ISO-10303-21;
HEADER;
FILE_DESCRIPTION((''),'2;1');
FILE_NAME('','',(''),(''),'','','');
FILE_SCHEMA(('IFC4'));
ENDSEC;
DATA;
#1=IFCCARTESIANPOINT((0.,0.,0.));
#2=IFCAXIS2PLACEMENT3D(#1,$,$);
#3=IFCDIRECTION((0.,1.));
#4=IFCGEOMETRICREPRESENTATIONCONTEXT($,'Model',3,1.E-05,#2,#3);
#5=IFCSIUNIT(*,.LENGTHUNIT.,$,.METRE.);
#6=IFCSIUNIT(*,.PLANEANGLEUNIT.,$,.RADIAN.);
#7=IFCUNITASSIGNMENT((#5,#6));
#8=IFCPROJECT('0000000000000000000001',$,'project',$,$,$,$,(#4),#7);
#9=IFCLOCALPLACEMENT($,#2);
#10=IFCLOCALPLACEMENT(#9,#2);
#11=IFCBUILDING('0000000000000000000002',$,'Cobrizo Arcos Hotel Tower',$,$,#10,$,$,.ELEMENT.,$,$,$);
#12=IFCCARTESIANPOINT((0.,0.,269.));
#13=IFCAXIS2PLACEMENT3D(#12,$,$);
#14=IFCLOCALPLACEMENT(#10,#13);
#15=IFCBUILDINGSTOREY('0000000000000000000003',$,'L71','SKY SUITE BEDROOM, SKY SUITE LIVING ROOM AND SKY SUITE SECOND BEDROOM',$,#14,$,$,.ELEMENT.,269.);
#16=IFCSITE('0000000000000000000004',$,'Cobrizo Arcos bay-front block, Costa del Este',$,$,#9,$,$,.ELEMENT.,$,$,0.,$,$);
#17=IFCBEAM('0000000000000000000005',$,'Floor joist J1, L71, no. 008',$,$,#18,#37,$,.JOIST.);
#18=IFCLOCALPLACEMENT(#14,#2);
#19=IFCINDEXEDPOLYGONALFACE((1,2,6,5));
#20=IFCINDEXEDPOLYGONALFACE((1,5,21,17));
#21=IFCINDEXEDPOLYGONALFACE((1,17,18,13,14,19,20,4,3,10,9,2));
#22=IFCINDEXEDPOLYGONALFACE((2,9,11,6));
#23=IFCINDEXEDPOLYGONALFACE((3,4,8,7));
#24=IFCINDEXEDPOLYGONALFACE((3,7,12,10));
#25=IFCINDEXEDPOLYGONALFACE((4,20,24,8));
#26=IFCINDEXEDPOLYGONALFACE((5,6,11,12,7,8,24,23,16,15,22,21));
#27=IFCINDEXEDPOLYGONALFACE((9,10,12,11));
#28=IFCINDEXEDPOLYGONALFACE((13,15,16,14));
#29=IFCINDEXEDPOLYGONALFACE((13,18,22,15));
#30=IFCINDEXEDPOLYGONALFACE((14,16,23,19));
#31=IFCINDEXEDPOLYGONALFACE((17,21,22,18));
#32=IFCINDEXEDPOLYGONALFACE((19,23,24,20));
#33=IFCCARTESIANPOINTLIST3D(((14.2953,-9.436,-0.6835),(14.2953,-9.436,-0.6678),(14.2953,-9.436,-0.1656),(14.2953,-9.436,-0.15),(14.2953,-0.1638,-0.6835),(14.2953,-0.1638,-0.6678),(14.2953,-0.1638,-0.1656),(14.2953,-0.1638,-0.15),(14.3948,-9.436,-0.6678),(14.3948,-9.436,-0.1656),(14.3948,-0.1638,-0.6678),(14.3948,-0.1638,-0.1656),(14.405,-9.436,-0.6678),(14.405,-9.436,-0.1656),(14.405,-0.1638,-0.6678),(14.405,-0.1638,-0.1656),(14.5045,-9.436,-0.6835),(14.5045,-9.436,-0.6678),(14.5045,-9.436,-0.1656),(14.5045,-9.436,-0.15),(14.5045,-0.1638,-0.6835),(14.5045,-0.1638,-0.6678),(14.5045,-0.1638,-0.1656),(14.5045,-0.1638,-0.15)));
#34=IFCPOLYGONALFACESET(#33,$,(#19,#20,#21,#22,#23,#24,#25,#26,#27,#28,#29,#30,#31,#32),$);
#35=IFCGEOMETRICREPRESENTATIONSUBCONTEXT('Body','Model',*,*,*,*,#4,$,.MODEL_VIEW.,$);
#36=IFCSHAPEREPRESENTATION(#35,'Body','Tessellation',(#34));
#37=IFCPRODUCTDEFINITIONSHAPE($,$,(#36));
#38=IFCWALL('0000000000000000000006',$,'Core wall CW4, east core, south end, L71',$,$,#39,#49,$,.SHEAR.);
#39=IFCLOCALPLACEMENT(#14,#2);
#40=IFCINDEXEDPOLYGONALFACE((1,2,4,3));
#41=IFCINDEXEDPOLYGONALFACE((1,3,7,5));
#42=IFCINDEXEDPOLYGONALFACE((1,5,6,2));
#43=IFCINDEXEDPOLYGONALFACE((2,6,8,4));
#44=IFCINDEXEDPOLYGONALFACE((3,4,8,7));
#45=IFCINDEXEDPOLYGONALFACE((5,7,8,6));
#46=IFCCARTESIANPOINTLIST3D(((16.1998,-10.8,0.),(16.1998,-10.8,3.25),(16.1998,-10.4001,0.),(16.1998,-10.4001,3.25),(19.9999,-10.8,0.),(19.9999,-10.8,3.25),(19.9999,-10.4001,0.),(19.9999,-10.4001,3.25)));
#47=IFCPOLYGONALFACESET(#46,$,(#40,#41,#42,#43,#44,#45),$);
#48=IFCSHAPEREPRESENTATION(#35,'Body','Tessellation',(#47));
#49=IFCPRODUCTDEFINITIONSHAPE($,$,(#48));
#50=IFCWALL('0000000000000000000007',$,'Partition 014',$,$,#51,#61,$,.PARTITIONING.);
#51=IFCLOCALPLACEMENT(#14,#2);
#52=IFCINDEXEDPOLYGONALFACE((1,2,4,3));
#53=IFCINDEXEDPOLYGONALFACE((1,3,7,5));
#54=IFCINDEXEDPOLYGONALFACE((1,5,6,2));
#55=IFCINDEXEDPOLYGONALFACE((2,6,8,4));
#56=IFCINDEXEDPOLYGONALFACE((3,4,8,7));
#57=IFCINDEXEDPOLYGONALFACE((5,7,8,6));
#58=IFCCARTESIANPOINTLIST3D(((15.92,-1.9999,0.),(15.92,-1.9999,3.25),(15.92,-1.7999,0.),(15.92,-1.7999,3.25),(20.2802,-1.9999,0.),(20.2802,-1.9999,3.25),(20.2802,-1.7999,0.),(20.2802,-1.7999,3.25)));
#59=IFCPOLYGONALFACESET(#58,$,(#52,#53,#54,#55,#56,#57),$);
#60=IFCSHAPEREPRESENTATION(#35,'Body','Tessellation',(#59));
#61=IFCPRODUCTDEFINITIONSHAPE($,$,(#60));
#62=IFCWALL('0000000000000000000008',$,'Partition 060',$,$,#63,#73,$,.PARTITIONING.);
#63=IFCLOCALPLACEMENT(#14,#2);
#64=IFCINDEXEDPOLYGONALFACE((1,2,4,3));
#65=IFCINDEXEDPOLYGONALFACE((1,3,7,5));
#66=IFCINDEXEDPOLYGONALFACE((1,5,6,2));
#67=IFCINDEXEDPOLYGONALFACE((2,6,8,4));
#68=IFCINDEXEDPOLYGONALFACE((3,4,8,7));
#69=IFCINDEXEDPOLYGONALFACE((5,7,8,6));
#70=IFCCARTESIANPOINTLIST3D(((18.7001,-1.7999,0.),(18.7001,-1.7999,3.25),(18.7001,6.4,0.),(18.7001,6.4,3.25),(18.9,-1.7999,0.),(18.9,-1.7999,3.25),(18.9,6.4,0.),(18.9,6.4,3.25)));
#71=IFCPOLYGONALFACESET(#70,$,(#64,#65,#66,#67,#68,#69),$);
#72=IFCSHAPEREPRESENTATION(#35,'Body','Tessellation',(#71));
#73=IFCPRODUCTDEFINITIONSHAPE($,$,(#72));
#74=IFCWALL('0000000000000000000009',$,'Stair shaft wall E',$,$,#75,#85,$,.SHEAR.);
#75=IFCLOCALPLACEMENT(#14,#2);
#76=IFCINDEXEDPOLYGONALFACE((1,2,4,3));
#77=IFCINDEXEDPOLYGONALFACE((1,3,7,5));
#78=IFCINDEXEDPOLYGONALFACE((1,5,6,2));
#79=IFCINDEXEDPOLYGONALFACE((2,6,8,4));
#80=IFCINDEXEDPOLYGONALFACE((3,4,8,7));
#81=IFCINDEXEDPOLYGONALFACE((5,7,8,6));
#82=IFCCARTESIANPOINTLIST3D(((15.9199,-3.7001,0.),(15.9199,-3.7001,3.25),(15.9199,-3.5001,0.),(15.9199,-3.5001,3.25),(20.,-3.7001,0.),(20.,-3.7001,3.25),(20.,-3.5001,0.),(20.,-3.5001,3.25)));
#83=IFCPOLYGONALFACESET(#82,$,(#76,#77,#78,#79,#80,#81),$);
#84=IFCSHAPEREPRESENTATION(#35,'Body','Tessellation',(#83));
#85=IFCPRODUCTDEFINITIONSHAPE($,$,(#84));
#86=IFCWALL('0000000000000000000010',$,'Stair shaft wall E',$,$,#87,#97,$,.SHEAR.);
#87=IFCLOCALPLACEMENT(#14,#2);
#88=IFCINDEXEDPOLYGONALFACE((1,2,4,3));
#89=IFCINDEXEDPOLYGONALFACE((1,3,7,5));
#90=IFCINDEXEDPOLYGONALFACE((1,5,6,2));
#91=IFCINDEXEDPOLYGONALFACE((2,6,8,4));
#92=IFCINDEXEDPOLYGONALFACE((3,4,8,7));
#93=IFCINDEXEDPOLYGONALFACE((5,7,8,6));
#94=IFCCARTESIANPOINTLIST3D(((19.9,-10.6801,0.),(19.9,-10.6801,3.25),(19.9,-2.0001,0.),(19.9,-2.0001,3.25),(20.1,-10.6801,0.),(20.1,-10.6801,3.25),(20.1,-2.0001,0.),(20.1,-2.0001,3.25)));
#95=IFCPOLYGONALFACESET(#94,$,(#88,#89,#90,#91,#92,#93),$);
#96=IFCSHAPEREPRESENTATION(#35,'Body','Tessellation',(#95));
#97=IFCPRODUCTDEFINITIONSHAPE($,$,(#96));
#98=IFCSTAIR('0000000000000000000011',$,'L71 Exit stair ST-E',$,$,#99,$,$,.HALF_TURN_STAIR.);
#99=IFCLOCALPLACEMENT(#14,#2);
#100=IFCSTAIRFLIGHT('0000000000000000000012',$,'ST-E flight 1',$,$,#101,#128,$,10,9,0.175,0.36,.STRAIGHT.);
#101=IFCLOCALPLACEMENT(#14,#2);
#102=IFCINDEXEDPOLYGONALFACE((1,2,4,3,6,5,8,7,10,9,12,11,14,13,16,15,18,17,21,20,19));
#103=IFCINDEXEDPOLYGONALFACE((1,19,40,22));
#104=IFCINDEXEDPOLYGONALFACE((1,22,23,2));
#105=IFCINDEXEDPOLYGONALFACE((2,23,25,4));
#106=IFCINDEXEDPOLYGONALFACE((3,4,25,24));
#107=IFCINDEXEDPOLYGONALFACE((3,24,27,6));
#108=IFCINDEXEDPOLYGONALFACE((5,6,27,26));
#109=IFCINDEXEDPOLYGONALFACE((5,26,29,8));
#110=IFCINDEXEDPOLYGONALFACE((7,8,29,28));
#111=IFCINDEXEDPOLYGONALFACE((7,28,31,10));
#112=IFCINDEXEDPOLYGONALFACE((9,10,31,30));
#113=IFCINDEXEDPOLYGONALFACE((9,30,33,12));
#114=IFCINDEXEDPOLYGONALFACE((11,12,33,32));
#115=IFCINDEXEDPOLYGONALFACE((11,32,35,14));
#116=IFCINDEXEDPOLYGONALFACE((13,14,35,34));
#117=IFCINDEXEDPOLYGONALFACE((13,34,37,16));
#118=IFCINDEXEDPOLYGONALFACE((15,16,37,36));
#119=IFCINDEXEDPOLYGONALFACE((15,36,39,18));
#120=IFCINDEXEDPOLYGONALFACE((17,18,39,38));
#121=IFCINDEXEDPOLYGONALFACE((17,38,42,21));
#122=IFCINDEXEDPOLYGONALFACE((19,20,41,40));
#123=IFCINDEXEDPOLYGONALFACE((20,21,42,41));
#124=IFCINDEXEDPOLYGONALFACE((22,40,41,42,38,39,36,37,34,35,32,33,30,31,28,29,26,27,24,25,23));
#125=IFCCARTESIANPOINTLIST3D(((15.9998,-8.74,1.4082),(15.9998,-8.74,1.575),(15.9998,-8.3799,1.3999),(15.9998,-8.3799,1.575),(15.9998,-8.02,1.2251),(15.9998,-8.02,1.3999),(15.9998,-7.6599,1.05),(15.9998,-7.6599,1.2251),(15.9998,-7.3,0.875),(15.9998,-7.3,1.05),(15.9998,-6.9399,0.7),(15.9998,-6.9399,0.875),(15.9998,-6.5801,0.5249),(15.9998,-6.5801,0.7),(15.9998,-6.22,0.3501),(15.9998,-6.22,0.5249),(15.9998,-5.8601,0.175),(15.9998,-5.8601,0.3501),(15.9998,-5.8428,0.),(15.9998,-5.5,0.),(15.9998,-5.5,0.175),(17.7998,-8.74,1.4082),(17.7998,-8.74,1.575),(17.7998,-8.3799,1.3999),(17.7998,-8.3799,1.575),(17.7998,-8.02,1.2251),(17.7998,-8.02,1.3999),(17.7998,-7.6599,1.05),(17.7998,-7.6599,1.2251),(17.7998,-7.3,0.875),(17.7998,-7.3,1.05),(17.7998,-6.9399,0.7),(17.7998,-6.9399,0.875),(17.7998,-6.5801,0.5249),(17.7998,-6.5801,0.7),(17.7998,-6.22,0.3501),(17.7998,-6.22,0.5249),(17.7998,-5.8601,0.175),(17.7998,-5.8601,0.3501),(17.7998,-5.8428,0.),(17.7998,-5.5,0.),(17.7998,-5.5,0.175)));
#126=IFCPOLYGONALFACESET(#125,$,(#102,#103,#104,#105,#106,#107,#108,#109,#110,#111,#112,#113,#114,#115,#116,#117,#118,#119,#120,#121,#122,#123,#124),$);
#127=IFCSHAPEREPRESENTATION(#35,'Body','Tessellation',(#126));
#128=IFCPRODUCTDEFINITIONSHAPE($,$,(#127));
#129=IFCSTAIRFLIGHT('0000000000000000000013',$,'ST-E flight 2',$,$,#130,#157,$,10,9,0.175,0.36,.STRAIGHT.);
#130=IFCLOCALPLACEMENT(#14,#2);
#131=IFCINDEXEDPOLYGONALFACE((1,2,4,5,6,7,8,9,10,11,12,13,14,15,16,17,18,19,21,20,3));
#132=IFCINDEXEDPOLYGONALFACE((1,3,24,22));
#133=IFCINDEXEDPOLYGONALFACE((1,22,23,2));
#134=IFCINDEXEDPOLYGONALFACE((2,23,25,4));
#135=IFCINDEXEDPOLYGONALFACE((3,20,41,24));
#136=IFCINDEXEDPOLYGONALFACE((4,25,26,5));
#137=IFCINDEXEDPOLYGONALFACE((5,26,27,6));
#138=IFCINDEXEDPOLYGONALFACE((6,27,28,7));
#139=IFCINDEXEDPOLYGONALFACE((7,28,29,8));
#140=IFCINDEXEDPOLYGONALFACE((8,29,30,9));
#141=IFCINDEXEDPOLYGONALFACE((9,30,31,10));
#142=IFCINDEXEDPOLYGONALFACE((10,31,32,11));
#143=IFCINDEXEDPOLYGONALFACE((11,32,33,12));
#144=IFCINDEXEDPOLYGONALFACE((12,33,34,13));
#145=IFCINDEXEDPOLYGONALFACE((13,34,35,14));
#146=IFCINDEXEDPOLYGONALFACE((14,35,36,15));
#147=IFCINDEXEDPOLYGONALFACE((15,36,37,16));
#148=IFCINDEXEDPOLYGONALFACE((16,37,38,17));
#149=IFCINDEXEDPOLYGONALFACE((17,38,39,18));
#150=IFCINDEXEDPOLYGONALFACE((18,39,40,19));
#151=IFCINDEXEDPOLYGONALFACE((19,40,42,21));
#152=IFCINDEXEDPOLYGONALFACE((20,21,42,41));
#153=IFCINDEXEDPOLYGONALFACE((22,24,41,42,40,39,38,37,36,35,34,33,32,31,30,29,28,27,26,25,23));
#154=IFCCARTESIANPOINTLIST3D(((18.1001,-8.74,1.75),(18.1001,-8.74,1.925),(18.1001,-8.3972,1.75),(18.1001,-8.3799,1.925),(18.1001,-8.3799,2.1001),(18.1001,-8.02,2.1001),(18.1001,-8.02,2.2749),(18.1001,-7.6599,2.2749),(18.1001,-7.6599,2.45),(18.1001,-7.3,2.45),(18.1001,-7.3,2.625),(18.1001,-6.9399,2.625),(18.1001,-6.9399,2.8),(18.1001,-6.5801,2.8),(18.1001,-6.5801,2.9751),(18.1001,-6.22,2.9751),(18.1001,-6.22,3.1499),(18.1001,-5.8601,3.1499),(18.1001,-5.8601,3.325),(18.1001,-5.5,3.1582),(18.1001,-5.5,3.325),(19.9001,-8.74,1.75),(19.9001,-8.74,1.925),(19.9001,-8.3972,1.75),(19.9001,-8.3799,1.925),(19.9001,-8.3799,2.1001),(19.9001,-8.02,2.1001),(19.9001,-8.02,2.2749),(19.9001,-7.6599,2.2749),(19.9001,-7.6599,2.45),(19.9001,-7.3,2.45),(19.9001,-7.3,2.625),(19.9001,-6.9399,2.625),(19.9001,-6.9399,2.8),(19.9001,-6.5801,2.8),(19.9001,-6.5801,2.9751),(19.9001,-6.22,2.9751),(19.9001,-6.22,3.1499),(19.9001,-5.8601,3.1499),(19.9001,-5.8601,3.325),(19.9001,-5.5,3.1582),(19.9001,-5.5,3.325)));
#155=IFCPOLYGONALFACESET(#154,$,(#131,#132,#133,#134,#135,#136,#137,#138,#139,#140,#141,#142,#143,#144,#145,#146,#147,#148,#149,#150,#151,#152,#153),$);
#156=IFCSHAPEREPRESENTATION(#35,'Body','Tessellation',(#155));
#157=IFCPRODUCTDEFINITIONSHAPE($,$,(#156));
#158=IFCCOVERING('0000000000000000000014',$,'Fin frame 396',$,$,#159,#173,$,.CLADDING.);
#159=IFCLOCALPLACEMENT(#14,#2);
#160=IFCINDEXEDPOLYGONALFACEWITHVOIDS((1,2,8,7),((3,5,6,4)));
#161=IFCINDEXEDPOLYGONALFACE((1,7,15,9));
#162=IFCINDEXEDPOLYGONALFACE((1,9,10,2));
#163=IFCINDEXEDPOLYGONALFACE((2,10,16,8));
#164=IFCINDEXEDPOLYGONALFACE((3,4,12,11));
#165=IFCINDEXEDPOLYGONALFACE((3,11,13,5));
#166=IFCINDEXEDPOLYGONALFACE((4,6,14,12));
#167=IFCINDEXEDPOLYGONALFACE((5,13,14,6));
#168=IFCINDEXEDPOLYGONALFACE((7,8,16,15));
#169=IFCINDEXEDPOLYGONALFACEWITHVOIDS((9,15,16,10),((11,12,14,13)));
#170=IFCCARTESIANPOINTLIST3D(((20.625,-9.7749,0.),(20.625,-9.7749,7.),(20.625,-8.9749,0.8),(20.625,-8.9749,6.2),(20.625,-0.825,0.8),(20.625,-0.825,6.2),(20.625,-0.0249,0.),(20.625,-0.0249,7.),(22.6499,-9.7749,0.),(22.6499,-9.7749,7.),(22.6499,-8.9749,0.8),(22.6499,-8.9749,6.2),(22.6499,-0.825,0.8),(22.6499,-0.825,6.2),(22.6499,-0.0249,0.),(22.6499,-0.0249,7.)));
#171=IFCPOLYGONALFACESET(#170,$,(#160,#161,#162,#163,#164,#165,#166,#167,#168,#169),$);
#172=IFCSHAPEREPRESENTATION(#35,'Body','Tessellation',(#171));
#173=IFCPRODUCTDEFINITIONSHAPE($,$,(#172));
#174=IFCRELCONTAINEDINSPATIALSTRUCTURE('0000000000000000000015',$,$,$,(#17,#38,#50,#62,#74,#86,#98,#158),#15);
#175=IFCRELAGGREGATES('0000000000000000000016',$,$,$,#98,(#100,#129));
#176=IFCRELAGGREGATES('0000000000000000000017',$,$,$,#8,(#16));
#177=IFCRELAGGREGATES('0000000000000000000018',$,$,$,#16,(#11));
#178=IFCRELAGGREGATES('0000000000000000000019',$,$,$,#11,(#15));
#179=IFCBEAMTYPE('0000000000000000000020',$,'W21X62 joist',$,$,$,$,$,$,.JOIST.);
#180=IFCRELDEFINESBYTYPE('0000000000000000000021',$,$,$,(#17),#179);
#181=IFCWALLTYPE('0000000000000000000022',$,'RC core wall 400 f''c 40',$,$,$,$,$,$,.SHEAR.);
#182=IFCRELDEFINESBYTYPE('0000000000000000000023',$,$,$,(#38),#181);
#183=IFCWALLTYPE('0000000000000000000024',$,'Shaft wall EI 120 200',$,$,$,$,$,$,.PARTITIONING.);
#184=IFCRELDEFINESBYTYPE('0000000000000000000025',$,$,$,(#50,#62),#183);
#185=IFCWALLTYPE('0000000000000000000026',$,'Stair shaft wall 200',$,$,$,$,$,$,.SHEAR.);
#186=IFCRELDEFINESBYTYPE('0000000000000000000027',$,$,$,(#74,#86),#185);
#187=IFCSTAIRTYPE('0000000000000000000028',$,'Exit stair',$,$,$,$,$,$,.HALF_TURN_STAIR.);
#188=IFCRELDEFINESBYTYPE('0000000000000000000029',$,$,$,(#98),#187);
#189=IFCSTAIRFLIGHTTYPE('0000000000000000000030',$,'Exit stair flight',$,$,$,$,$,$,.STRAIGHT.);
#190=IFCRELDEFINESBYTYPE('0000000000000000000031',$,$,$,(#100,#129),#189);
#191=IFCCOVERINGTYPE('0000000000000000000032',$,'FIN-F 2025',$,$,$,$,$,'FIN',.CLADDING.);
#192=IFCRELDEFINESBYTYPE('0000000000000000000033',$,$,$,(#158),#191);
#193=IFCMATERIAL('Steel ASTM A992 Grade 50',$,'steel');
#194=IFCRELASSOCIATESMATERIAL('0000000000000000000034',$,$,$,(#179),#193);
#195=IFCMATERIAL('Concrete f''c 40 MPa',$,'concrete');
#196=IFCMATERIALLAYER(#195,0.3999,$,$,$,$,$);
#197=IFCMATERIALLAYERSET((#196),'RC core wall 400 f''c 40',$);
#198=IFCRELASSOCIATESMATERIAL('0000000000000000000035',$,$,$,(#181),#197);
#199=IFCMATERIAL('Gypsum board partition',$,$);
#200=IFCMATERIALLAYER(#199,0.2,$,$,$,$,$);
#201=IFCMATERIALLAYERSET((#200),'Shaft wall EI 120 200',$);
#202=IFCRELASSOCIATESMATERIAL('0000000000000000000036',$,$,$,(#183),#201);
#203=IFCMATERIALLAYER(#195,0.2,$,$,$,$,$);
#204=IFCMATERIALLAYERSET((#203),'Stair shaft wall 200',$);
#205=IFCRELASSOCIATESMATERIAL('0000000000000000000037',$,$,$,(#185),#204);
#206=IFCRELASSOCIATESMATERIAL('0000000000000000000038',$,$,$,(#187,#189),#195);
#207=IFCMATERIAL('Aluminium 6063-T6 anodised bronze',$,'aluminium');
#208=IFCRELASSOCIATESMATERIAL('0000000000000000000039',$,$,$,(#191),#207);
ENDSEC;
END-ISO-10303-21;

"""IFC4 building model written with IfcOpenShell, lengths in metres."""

from ifc_helpers import new_model, si_unit, direction, frame, frame_2d, origin, origin_2d, place, context, subcontext, project, spatial, polyline, rectangle, i_section, outline, extrude, material, layer, layer_set, material_profile, profile_set, type_object, element, aggregate, save


model = new_model("IFC4")

# Units and contexts
model_context = context("Model", 3, precision=1e-05, world=origin(), true_north=direction((0.0, 1.0)))
body_context = subcontext(model_context, "Body", "Model", "MODEL_VIEW")
ifc_project = project(units=[si_unit("LENGTHUNIT", "METRE"), si_unit("PLANEANGLEUNIT", "RADIAN")], contexts=[model_context])

# Site, building, storey
site_placement = place(None, origin())
site = spatial("IfcSite", under=ifc_project, at=site_placement, Name="Cobrizo Arcos bay-front block, Costa del Este", CompositionType="ELEMENT", RefElevation=0.0)
building_placement = place(site_placement, origin())
building = spatial("IfcBuilding", under=site, at=building_placement, Name="Cobrizo Arcos Hotel Tower", CompositionType="ELEMENT")
storey_placement = place(building_placement, frame((0.0, 0.0, 269.0)))
storey = spatial("IfcBuildingStorey", under=building, at=storey_placement, Name="L71", Description="SKY SUITE BEDROOM, SKY SUITE LIVING ROOM AND SKY SUITE SECOND BEDROOM", CompositionType="ELEMENT", Elevation=269.0)

# Beam
ifc_material_1 = material(Name="Steel ASTM A992 Grade 50", Category="steel")
ifc_material_profile = material_profile(ifc_material_1, i_section(OverallWidth=0.2092, OverallDepth=0.5334, WebThickness=0.0103, FlangeThickness=0.0156, at=origin_2d()), Name="W21X62")
ifc_profile_set = profile_set([ifc_material_profile], Name="Steel ASTM A992 Grade 50")
beam_type = type_object("IfcBeamType", Name="W21X62 joist", PredefinedType="JOIST", material=ifc_profile_set)
beam_placement = place(storey_placement, frame((14.3999, -9.436, -0.4167), z_axis=(0.0, 1.0, 0.0), x_axis=(-1.0, 0.0, 0.0)))
element("IfcBeam", 1, at=beam_placement, inside=storey, type_object=beam_type, Name="Floor joist J1, L71, no. 008", PredefinedType="JOIST", context=body_context, shape_type="SweptSolid", body=[
    extrude(i_section(OverallWidth=0.2092, OverallDepth=0.5334, WebThickness=0.0103, FlangeThickness=0.0156, at=origin_2d()), origin(), (0.0, 0.0, 1.0), 9.2722),
])

# Walls
ifc_material_2 = material(Name="Concrete f'c 40 MPa", Category="concrete")
ifc_layer_1 = layer(ifc_material_2, 0.3999)
ifc_layer_set_1 = layer_set([ifc_layer_1], Name="RC core wall 400 f'c 40")
wall_type_1 = type_object("IfcWallType", Name="RC core wall 400 f'c 40", PredefinedType="SHEAR", material=ifc_layer_set_1)
wall_1_placement = place(storey_placement, frame((16.2, -10.6001, 0.0), z_axis=(0.0, 0.0, 1.0), x_axis=(1.0, 0.0, 0.0)))
element("IfcWall", 2, at=wall_1_placement, inside=storey, type_object=wall_type_1, Name="Core wall CW4, east core, south end, L71", PredefinedType="SHEAR", context=body_context, shape_type="SweptSolid", body=[
    extrude(rectangle(XDim=3.8, YDim=0.3999, at=frame_2d((1.8999, 0.0))), origin(), (0.0, 0.0, 1.0), 3.25),
])
ifc_material_3 = material(Name="Gypsum board partition")
ifc_layer_2 = layer(ifc_material_3, 0.2)
ifc_layer_set_2 = layer_set([ifc_layer_2], Name="Shaft wall EI 120 200")
wall_type_2 = type_object("IfcWallType", Name="Shaft wall EI 120 200", PredefinedType="PARTITIONING", material=ifc_layer_set_2)
wall_2_placement = place(storey_placement, frame((15.9199, -1.8999, 0.0), z_axis=(0.0, 0.0, 1.0), x_axis=(1.0, 0.0, 0.0)))
element("IfcWall", 3, at=wall_2_placement, inside=storey, type_object=wall_type_2, Name="Partition 014", PredefinedType="PARTITIONING", context=body_context, shape_type="SweptSolid", body=[
    extrude(rectangle(XDim=4.3601, YDim=0.2, at=frame_2d((2.1802, 0.0))), origin(), (0.0, 0.0, 1.0), 3.25),
])
wall_3_placement = place(storey_placement, frame((18.8, -1.8, 0.0), z_axis=(0.0, 0.0, 1.0), x_axis=(0.0, 1.0, 0.0)))
element("IfcWall", 4, at=wall_3_placement, inside=storey, type_object=wall_type_2, Name="Partition 060", PredefinedType="PARTITIONING", context=body_context, shape_type="SweptSolid", body=[
    extrude(rectangle(XDim=8.2, YDim=0.2, at=frame_2d((4.1001, 0.0))), origin(), (0.0, 0.0, 1.0), 3.25),
])
ifc_layer_3 = layer(ifc_material_2, 0.2)
ifc_layer_set_3 = layer_set([ifc_layer_3], Name="Stair shaft wall 200")
wall_type_3 = type_object("IfcWallType", Name="Stair shaft wall 200", PredefinedType="SHEAR", material=ifc_layer_set_3)
wall_4_placement = place(storey_placement, frame((15.9199, -3.6001, 0.0), z_axis=(0.0, 0.0, 1.0), x_axis=(1.0, 0.0, 0.0)))
element("IfcWall", 5, at=wall_4_placement, inside=storey, type_object=wall_type_3, Name="Stair shaft wall E", PredefinedType="SHEAR", context=body_context, shape_type="SweptSolid", body=[
    extrude(rectangle(XDim=4.0801, YDim=0.2, at=frame_2d((2.04, 0.0))), origin(), (0.0, 0.0, 1.0), 3.25),
])
wall_5_placement = place(storey_placement, frame((20.0, -10.6799, 0.0), z_axis=(0.0, 0.0, 1.0), x_axis=(0.0, 1.0, 0.0)))
element("IfcWall", 6, at=wall_5_placement, inside=storey, type_object=wall_type_3, Name="Stair shaft wall E", PredefinedType="SHEAR", context=body_context, shape_type="SweptSolid", body=[
    extrude(rectangle(XDim=8.6799, YDim=0.2, at=frame_2d((4.3398, 0.0))), origin(), (0.0, 0.0, 1.0), 3.25),
])

# Stair, stair flights
stair_type = type_object("IfcStairType", Name="Exit stair", PredefinedType="HALF_TURN_STAIR", material=ifc_material_2)
stair_placement = place(storey_placement, origin())
stair = element("IfcStair", 7, at=stair_placement, inside=storey, type_object=stair_type, Name="L71 Exit stair ST-E", PredefinedType="HALF_TURN_STAIR")
stair_flight_type = type_object("IfcStairFlightType", Name="Exit stair flight", PredefinedType="STRAIGHT", material=ifc_material_2)
stair_flight_1_placement = place(storey_placement, frame((16.8999, -5.5, 0.0), z_axis=(0.0, 0.0, 1.0), x_axis=(0.0, -1.0, 0.0)))
stair_flight_1 = element("IfcStairFlight", 8, at=stair_flight_1_placement, type_object=stair_flight_type, Name="ST-E flight 1", NumberOfRisers=10, NumberOfTreads=9, PredefinedType="STRAIGHT", RiserHeight=0.175, TreadLength=0.36, context=body_context, shape_type="SweptSolid", body=[
    extrude(outline(polyline([(0.0, 0.0), (0.0, 0.175), (0.3601, 0.175), (0.3601, 0.3501), (0.72, 0.3501), (0.72, 0.5249), (1.0801, 0.5249), (1.0801, 0.7), (1.4399, 0.7), (1.4399, 0.875), (1.8, 0.875), (1.8, 1.05), (2.1599, 1.05), (2.1599, 1.2251), (2.52, 1.2251), (2.52, 1.3999), (2.8799, 1.3999), (2.8799, 1.575), (3.24, 1.575), (3.24, 1.75), (3.24, 1.4082), (0.3428, 0.0), (0.0, 0.0)])), frame((0.0, 0.8999, 0.0), z_axis=(0.0, -1.0, 0.0), x_axis=(1.0, 0.0, 0.0)), (0.0, 0.0, 1.0), 1.8),
])
stair_flight_2_placement = place(storey_placement, frame((19.0, -8.74, 1.75), z_axis=(0.0, 0.0, 1.0), x_axis=(0.0, 1.0, 0.0)))
stair_flight_2 = element("IfcStairFlight", 9, at=stair_flight_2_placement, type_object=stair_flight_type, Name="ST-E flight 2", NumberOfRisers=10, NumberOfTreads=9, PredefinedType="STRAIGHT", RiserHeight=0.175, TreadLength=0.36, context=body_context, shape_type="SweptSolid", body=[
    extrude(outline(polyline([(0.0, 0.0), (0.0, 0.175), (0.3601, 0.175), (0.3601, 0.3501), (0.72, 0.3501), (0.72, 0.5249), (1.0801, 0.5249), (1.0801, 0.7), (1.4399, 0.7), (1.4399, 0.875), (1.8, 0.875), (1.8, 1.05), (2.1599, 1.05), (2.1599, 1.2251), (2.52, 1.2251), (2.52, 1.3999), (2.8799, 1.3999), (2.8799, 1.575), (3.24, 1.575), (3.24, 1.75), (3.24, 1.4082), (0.3428, 0.0), (0.0, 0.0)])), frame((0.0, 0.8999, 0.0), z_axis=(0.0, -1.0, 0.0), x_axis=(1.0, 0.0, 0.0)), (0.0, 0.0, 1.0), 1.8),
])
aggregate(stair, [stair_flight_1, stair_flight_2])

# Covering
ifc_material_4 = material(Name="Aluminium 6063-T6 anodised bronze", Category="aluminium")
covering_type_1 = type_object("IfcCoveringType", Name="FIN-F 2025", ElementType="FIN", PredefinedType="CLADDING", material=ifc_material_4)
covering_placement = place(storey_placement, frame((20.625, -9.7749, 0.0), z_axis=(1.0, 0.0, 0.0), x_axis=(0.0, 1.0, 0.0)))
element("IfcCovering", 10, at=covering_placement, inside=storey, type_object=covering_type_1, Name="Fin frame 396", PredefinedType="CLADDING", context=body_context, shape_type="SweptSolid", body=[
    extrude(outline(polyline([(0.0, 7.0), (0.0, 0.0), (9.75, 0.0), (9.75, 7.0), (0.0, 7.0)]), holes=[polyline([(8.95, 0.8), (0.8, 0.8), (0.8, 6.2), (8.95, 6.2), (8.95, 0.8)])]), origin(), (0.0, 0.0, 1.0), 2.0249),
])

save(model, "model.ifc")
